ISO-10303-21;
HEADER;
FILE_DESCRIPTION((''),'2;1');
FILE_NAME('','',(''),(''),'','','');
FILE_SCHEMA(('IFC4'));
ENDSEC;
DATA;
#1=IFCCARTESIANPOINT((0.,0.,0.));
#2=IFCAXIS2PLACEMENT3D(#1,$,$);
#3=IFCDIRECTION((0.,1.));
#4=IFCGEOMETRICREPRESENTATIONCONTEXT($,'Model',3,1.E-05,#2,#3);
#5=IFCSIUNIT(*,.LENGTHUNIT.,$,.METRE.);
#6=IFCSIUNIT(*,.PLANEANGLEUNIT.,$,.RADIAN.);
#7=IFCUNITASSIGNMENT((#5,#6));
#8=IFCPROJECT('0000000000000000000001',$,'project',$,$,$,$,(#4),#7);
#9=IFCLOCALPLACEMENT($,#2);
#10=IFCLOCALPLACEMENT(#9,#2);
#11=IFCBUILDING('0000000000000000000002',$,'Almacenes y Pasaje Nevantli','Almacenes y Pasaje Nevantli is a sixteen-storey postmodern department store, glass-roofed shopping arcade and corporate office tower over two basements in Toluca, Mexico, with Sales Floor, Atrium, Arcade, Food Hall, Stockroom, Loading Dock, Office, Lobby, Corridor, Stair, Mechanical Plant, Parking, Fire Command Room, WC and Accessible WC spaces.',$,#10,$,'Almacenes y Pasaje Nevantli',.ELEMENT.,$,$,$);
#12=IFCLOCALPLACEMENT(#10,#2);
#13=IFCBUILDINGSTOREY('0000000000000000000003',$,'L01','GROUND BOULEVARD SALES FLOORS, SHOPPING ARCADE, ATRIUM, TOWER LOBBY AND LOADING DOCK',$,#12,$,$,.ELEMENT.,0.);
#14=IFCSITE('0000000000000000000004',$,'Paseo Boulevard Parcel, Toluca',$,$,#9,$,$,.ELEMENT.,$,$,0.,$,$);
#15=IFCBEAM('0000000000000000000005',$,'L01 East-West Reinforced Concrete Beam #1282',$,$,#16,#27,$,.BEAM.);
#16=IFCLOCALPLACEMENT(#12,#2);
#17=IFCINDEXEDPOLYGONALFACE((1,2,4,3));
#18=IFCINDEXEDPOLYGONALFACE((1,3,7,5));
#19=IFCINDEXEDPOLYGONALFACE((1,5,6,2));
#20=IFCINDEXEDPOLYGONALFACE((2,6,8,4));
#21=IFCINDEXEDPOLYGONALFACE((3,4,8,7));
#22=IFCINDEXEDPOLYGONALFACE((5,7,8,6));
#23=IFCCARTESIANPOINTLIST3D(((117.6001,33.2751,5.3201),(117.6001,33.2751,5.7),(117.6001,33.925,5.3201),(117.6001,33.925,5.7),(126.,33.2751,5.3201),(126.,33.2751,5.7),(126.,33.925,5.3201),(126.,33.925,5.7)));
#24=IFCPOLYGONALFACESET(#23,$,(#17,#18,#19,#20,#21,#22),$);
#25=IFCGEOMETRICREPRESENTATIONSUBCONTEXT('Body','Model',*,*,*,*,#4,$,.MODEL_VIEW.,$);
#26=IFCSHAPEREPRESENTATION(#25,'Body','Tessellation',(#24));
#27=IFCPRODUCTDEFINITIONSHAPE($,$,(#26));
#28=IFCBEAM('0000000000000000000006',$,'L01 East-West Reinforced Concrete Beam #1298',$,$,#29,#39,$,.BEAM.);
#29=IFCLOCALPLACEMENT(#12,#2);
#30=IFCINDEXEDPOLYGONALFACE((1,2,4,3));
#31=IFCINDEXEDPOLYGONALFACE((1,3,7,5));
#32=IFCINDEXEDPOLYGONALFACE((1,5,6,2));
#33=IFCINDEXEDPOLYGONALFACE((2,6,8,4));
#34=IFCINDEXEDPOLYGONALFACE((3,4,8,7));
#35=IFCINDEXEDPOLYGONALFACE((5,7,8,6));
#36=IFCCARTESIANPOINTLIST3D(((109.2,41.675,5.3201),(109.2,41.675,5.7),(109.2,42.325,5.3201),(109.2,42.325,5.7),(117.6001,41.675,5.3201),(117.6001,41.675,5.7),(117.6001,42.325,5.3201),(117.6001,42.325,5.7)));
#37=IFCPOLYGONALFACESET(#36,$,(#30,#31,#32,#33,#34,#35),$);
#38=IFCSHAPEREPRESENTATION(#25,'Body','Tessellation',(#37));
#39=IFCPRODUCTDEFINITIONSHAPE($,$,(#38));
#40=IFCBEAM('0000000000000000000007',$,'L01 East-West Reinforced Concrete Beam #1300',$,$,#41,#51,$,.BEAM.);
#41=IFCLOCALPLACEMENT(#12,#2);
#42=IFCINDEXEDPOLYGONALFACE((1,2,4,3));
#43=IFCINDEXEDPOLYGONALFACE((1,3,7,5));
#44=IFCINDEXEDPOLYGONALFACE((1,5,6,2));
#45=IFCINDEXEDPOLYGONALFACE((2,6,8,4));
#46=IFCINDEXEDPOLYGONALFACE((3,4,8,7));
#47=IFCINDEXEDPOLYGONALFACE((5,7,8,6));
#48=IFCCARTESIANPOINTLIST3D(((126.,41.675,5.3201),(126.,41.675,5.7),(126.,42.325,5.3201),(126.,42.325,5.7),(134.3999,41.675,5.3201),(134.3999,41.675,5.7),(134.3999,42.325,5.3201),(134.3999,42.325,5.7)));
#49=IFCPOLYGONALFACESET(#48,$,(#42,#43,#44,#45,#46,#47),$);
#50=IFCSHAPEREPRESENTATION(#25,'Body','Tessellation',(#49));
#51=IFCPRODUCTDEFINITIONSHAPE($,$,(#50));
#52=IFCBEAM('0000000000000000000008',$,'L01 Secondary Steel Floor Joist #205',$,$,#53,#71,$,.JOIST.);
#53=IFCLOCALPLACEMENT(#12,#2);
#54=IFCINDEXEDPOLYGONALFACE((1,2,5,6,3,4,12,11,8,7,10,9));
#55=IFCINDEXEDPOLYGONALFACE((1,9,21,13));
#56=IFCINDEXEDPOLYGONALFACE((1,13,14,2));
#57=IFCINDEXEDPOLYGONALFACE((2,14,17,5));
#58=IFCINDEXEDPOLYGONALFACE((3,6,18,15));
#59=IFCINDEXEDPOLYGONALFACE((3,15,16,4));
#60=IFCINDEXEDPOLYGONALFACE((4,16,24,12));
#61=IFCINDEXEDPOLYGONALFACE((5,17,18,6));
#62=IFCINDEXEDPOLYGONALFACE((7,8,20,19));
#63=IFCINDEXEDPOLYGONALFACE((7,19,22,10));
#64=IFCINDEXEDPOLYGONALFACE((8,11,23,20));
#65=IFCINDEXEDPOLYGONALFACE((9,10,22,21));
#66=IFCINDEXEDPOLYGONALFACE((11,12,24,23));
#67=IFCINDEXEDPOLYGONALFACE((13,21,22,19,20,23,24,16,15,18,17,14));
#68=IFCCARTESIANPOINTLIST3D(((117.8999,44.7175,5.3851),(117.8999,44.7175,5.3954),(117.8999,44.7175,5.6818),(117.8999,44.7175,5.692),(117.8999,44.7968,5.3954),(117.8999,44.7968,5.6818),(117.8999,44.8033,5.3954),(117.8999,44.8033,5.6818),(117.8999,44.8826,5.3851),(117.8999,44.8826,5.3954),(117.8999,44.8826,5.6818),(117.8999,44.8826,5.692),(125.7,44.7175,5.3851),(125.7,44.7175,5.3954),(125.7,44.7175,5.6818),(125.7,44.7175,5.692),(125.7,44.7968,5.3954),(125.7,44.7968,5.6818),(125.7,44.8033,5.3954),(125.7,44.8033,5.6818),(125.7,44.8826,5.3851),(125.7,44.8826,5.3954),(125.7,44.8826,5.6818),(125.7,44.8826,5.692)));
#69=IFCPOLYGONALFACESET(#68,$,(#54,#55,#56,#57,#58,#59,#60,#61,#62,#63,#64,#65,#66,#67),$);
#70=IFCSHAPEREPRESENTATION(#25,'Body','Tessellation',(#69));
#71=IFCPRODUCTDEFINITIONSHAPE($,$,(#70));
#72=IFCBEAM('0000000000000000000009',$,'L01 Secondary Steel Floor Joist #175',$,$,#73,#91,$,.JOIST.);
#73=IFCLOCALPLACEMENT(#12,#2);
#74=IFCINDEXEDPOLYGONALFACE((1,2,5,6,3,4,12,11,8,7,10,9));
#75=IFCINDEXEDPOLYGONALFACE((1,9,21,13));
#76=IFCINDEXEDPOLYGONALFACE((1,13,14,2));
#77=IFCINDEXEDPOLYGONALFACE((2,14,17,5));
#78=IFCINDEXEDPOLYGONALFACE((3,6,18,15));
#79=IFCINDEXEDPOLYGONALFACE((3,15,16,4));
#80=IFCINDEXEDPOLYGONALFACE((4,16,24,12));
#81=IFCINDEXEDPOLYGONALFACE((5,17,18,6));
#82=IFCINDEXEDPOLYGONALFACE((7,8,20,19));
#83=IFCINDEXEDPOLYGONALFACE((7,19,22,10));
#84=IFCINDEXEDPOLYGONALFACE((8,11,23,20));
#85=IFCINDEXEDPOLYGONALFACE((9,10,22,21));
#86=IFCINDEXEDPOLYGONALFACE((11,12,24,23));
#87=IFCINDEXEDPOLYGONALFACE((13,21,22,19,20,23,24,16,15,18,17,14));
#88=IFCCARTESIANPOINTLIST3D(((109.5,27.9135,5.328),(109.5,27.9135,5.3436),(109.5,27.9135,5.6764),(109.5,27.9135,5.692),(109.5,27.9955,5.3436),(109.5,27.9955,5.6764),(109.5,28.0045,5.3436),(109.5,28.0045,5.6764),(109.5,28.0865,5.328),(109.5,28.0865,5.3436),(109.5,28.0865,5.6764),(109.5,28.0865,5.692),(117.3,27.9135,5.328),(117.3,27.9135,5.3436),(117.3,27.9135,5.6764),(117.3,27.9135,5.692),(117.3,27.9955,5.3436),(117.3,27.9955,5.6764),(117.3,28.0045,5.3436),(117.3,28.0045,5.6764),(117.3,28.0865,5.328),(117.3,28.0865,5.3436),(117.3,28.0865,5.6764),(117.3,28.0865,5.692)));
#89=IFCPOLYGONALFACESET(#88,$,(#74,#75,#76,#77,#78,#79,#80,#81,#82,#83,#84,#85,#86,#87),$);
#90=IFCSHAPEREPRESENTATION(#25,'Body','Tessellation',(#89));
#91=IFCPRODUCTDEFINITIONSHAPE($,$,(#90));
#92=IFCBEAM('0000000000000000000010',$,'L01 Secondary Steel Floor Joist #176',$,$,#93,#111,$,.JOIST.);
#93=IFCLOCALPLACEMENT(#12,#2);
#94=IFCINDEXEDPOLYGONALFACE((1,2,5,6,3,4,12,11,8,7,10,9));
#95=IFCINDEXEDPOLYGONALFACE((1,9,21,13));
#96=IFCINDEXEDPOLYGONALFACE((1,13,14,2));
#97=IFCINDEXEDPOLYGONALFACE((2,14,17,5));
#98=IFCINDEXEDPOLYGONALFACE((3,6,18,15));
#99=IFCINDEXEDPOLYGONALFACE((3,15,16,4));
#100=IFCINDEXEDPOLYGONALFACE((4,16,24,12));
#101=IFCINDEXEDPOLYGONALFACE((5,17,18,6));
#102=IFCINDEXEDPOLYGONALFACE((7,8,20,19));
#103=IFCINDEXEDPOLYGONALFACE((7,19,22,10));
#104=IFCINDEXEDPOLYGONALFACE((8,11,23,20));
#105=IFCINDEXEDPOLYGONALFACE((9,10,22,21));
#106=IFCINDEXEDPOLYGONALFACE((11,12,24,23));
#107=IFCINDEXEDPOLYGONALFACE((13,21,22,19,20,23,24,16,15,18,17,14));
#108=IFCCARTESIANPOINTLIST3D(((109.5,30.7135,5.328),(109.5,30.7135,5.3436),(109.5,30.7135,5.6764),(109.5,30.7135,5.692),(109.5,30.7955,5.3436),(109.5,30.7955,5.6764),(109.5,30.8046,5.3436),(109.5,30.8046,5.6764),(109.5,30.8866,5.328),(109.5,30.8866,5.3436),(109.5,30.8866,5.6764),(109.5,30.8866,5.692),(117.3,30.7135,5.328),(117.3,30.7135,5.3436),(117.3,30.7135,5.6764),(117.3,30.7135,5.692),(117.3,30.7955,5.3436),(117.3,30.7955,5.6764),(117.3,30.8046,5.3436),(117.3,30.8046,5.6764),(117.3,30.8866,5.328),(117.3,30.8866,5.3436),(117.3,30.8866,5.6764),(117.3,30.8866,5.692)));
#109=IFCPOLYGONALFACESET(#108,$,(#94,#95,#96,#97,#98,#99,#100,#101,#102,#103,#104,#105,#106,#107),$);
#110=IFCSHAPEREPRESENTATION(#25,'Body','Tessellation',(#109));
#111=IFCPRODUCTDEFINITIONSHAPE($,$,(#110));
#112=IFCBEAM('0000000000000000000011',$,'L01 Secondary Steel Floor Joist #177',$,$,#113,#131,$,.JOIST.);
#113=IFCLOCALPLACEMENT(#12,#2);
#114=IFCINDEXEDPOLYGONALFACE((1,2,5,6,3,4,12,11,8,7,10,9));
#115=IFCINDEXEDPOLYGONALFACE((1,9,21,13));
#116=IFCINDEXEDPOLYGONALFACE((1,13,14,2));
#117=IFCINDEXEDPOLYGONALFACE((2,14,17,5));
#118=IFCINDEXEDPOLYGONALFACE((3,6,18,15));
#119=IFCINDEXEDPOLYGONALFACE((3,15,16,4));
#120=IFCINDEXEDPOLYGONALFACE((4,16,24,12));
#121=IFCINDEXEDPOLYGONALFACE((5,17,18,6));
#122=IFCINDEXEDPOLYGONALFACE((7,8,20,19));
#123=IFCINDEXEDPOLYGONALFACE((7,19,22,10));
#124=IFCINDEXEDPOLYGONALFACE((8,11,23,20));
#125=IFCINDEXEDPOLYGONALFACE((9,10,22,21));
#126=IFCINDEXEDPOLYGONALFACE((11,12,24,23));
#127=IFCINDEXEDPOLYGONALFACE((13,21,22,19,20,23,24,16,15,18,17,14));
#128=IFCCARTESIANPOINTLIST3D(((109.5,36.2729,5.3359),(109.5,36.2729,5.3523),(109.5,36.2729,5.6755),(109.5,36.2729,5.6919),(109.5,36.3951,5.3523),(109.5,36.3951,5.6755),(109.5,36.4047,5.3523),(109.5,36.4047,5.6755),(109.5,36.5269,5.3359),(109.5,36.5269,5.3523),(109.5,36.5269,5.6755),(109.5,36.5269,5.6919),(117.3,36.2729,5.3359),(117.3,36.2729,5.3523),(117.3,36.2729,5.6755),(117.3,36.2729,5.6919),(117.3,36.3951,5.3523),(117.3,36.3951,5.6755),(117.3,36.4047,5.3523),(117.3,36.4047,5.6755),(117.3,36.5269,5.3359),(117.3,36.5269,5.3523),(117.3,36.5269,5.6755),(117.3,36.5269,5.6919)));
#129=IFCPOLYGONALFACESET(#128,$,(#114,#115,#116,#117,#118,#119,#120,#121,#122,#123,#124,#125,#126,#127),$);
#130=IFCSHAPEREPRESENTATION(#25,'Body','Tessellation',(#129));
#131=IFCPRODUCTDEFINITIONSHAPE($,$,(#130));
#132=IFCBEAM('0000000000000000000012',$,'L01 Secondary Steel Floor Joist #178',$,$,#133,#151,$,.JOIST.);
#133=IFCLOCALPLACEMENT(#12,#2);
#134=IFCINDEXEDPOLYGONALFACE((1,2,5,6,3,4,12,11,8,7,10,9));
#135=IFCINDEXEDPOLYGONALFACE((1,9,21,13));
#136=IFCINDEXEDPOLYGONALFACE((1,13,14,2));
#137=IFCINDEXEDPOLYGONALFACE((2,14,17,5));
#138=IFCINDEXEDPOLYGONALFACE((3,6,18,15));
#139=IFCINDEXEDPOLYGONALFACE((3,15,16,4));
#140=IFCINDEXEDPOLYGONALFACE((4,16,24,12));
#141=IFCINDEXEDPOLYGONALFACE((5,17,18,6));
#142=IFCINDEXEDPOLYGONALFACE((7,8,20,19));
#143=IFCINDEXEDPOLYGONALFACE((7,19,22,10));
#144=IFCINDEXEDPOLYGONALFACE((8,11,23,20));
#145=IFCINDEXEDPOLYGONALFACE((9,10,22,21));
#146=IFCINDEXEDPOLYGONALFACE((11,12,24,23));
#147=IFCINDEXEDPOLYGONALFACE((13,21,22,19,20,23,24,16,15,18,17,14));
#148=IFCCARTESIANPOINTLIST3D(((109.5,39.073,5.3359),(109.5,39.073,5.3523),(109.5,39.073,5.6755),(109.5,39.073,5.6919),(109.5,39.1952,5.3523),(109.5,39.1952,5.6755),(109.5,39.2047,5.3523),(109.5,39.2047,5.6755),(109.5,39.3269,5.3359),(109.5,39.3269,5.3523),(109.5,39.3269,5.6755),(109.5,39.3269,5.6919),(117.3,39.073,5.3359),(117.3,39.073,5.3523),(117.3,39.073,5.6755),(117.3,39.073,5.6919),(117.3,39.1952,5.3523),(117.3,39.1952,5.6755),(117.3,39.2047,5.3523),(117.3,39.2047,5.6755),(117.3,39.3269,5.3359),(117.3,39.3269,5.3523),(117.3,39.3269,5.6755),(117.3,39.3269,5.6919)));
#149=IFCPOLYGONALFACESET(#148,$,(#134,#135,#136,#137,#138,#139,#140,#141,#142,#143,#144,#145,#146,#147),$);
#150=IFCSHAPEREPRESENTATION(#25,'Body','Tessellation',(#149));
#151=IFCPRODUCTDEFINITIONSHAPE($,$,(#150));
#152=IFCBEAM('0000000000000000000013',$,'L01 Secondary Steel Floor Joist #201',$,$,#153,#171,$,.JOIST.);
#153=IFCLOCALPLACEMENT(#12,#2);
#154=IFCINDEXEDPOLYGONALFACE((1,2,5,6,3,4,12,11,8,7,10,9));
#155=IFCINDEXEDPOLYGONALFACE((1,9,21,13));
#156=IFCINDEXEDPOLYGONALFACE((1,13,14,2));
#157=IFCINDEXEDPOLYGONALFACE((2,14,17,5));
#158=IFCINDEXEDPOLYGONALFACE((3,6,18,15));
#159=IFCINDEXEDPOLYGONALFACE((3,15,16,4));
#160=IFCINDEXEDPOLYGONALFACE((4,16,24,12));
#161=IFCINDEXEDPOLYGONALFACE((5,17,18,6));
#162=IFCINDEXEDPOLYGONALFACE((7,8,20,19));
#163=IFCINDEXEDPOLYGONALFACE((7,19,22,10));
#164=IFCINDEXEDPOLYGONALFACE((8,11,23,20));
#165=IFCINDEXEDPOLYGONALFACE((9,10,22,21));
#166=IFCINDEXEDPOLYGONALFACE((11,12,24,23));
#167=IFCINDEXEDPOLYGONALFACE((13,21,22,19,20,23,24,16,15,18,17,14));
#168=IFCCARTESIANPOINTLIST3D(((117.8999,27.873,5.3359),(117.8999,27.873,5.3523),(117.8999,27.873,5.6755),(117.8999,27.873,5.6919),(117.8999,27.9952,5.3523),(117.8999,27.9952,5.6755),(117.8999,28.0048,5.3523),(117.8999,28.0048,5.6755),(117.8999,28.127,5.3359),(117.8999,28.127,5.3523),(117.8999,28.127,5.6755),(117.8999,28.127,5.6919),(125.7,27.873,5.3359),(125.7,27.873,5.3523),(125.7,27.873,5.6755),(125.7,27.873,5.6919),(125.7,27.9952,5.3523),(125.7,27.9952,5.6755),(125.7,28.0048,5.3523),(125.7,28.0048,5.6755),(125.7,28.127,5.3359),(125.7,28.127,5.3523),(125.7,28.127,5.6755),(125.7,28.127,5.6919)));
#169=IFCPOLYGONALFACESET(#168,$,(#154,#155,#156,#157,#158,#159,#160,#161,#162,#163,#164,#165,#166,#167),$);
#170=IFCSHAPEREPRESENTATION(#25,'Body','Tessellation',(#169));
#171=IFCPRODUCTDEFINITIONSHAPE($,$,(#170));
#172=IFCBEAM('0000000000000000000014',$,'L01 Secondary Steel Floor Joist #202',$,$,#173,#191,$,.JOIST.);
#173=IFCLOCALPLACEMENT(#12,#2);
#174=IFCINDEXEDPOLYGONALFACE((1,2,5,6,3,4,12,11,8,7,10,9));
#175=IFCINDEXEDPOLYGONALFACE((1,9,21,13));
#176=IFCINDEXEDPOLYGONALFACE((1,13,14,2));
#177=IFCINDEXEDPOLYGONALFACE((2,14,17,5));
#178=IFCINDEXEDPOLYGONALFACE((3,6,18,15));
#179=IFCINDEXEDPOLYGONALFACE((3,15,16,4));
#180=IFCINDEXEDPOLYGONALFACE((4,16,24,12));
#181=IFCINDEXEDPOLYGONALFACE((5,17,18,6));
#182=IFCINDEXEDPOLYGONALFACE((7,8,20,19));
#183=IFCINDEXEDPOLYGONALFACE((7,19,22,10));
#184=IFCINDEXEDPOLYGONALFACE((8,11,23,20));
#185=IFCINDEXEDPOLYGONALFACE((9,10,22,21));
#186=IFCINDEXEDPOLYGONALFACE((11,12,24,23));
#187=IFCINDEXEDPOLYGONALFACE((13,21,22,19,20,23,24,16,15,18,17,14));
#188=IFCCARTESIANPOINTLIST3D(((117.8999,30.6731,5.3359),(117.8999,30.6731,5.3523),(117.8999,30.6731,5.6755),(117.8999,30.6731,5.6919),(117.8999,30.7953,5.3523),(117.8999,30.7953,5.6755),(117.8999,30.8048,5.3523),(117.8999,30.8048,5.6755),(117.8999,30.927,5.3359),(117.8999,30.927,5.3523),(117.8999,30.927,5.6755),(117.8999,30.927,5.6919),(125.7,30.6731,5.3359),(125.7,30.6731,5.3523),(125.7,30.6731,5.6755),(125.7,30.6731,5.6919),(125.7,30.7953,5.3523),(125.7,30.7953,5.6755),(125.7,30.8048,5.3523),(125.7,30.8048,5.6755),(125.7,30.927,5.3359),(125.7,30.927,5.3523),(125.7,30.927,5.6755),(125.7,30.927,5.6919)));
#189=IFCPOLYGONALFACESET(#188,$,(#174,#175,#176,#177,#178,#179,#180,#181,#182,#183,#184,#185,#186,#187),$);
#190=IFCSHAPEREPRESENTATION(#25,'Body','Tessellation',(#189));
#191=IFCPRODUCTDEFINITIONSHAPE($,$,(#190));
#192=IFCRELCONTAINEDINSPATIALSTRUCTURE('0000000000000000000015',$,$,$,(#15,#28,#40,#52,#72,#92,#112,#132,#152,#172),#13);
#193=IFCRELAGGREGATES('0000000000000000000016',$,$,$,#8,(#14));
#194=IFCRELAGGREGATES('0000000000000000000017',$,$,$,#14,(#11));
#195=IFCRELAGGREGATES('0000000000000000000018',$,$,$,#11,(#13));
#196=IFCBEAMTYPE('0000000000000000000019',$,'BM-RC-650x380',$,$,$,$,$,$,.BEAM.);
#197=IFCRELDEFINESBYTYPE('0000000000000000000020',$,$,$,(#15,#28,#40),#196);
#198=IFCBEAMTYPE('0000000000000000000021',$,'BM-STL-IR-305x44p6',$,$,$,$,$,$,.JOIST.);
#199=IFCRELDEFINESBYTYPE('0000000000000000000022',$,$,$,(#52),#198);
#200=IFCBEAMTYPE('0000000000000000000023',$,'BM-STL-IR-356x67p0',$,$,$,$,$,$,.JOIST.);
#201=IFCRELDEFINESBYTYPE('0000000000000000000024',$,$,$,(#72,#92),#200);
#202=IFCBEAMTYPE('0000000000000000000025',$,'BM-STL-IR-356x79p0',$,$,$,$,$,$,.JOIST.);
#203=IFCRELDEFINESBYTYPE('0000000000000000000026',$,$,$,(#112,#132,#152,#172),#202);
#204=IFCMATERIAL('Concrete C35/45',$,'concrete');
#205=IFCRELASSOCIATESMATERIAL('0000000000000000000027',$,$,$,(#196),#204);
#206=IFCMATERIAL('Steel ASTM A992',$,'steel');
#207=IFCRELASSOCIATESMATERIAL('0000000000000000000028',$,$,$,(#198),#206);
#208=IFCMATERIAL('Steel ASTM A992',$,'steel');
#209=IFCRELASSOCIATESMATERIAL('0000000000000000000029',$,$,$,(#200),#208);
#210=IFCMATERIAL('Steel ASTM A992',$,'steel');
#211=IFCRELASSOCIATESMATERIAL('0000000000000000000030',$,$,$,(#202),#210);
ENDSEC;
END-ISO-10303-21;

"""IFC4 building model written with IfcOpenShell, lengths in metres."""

from ifc_helpers import new_model, si_unit, direction, frame, origin, origin_2d, place, context, subcontext, project, spatial, rectangle, i_section, extrude, material, material_profile, profile_set, type_object, element, save


model = new_model("IFC4")

# Units and contexts
model_context = context("Model", 3, precision=1e-05, world=origin(), true_north=direction((0.0, 1.0)))
body_context = subcontext(model_context, "Body", "Model", "MODEL_VIEW")
ifc_project = project(units=[si_unit("LENGTHUNIT", "METRE"), si_unit("PLANEANGLEUNIT", "RADIAN")], contexts=[model_context])

# Site, building, storey
site_placement = place(None, origin())
site = spatial("IfcSite", under=ifc_project, at=site_placement, Name="Paseo Boulevard Parcel, Toluca", CompositionType="ELEMENT", RefElevation=0.0)
building_placement = place(site_placement, origin())
building = spatial("IfcBuilding", under=site, at=building_placement, Name="Almacenes y Pasaje Nevantli", Description="Almacenes y Pasaje Nevantli is a sixteen-storey postmodern department store, glass-roofed shopping arcade and corporate office tower over two basements in Toluca, Mexico, with Sales Floor, Atrium, Arcade, Food Hall, Stockroom, Loading Dock, Office, Lobby, Corridor, Stair, Mechanical Plant, Parking, Fire Command Room, WC and Accessible WC spaces.", LongName="Almacenes y Pasaje Nevantli", CompositionType="ELEMENT")
storey_placement = place(building_placement, origin())
storey = spatial("IfcBuildingStorey", under=building, at=storey_placement, Name="L01", Description="GROUND BOULEVARD SALES FLOORS, SHOPPING ARCADE, ATRIUM, TOWER LOBBY AND LOADING DOCK", CompositionType="ELEMENT", Elevation=0.0)

# Beams
ifc_material_1 = material(Name="Concrete C35/45", Category="concrete")
ifc_material_profile_1 = material_profile(ifc_material_1, rectangle(XDim=0.6499, YDim=0.3799, at=origin_2d()), Name="RC-BM-650x380")
ifc_profile_set_1 = profile_set([ifc_material_profile_1], Name="Concrete C35/45")
beam_type_1 = type_object("IfcBeamType", Name="BM-RC-650x380", PredefinedType="BEAM", material=ifc_profile_set_1)
beam_1_placement = place(storey_placement, frame((117.6001, 33.6001, 5.51), z_axis=(1.0, 0.0, 0.0), x_axis=(0.0, 1.0, 0.0)))
element("IfcBeam", 1, at=beam_1_placement, inside=storey, type_object=beam_type_1, Name="L01 East-West Reinforced Concrete Beam #1282", PredefinedType="BEAM", context=body_context, shape_type="SweptSolid", body=[
    extrude(rectangle(XDim=0.6499, YDim=0.3799, at=origin_2d()), origin(), (0.0, 0.0, 1.0), 8.3999),
])
beam_2_placement = place(storey_placement, frame((109.2, 42.0, 5.51), z_axis=(1.0, 0.0, 0.0), x_axis=(0.0, 1.0, 0.0)))
element("IfcBeam", 2, at=beam_2_placement, inside=storey, type_object=beam_type_1, Name="L01 East-West Reinforced Concrete Beam #1298", PredefinedType="BEAM", context=body_context, shape_type="SweptSolid", body=[
    extrude(rectangle(XDim=0.6499, YDim=0.3799, at=origin_2d()), origin(), (0.0, 0.0, 1.0), 8.4001),
])
beam_3_placement = place(storey_placement, frame((126.0, 42.0, 5.51), z_axis=(1.0, 0.0, 0.0), x_axis=(0.0, 1.0, 0.0)))
element("IfcBeam", 3, at=beam_3_placement, inside=storey, type_object=beam_type_1, Name="L01 East-West Reinforced Concrete Beam #1300", PredefinedType="BEAM", context=body_context, shape_type="SweptSolid", body=[
    extrude(rectangle(XDim=0.6499, YDim=0.3799, at=origin_2d()), origin(), (0.0, 0.0, 1.0), 8.3999),
])
ifc_material_2 = material(Name="Steel ASTM A992", Category="steel")
ifc_material_profile_2 = material_profile(ifc_material_2, i_section(OverallWidth=0.165, OverallDepth=0.3069, WebThickness=0.0066, FlangeThickness=0.0103, at=origin_2d()), Name="IR 305x44.6")
ifc_profile_set_2 = profile_set([ifc_material_profile_2], Name="Steel ASTM A992")
beam_type_2 = type_object("IfcBeamType", Name="BM-STL-IR-305x44p6", PredefinedType="JOIST", material=ifc_profile_set_2)
beam_4_placement = place(storey_placement, frame((117.8999, 44.8, 5.5386), z_axis=(1.0, 0.0, 0.0), x_axis=(0.0, 1.0, 0.0)))
element("IfcBeam", 4, at=beam_4_placement, inside=storey, type_object=beam_type_2, Name="L01 Secondary Steel Floor Joist #205", PredefinedType="JOIST", context=body_context, shape_type="SweptSolid", body=[
    extrude(i_section(OverallWidth=0.165, OverallDepth=0.3069, WebThickness=0.0066, FlangeThickness=0.0103, at=origin_2d()), origin(), (0.0, 0.0, 1.0), 7.8),
])
ifc_material_3 = material(Name="Steel ASTM A992", Category="steel")
ifc_material_profile_3 = material_profile(ifc_material_3, i_section(OverallWidth=0.1731, OverallDepth=0.364, WebThickness=0.009, FlangeThickness=0.0156, at=origin_2d()), Name="IR 356x67.0")
ifc_profile_set_3 = profile_set([ifc_material_profile_3], Name="Steel ASTM A992")
beam_type_3 = type_object("IfcBeamType", Name="BM-STL-IR-356x67p0", PredefinedType="JOIST", material=ifc_profile_set_3)
for number, where, z_axis, x_axis, name in (
    (5, (109.5, 28.0, 5.51), (1.0, 0.0, 0.0), (0.0, 1.0, 0.0), "L01 Secondary Steel Floor Joist #175"),
    (6, (109.5, 30.8, 5.51), (1.0, 0.0, 0.0), (0.0, 1.0, 0.0), "L01 Secondary Steel Floor Joist #176"),
):
    element("IfcBeam", number, at=place(storey_placement, frame(where, z_axis=z_axis, x_axis=x_axis)), inside=storey, type_object=beam_type_3, Name=name, PredefinedType="JOIST", context=body_context, shape_type="SweptSolid", body=[
        extrude(i_section(OverallWidth=0.1731, OverallDepth=0.364, WebThickness=0.009, FlangeThickness=0.0156, at=origin_2d()), origin(), (0.0, 0.0, 1.0), 7.8),
    ])
ifc_material_4 = material(Name="Steel ASTM A992", Category="steel")
ifc_material_profile_4 = material_profile(ifc_material_4, i_section(OverallWidth=0.2539, OverallDepth=0.356, WebThickness=0.0095, FlangeThickness=0.0164, at=origin_2d()), Name="IR 356x79.0")
ifc_profile_set_4 = profile_set([ifc_material_profile_4], Name="Steel ASTM A992")
beam_type_4 = type_object("IfcBeamType", Name="BM-STL-IR-356x79p0", PredefinedType="JOIST", material=ifc_profile_set_4)
for number, where, z_axis, x_axis, name in (
    (7, (109.5, 36.3999, 5.5139), (1.0, 0.0, 0.0), (0.0, 1.0, 0.0), "L01 Secondary Steel Floor Joist #177"),
    (8, (109.5, 39.2, 5.5139), (1.0, 0.0, 0.0), (0.0, 1.0, 0.0), "L01 Secondary Steel Floor Joist #178"),
    (9, (117.8999, 28.0, 5.5139), (1.0, 0.0, 0.0), (0.0, 1.0, 0.0), "L01 Secondary Steel Floor Joist #201"),
    (10, (117.8999, 30.8, 5.5139), (1.0, 0.0, 0.0), (0.0, 1.0, 0.0), "L01 Secondary Steel Floor Joist #202"),
):
    element("IfcBeam", number, at=place(storey_placement, frame(where, z_axis=z_axis, x_axis=x_axis)), inside=storey, type_object=beam_type_4, Name=name, PredefinedType="JOIST", context=body_context, shape_type="SweptSolid", body=[
        extrude(i_section(OverallWidth=0.2539, OverallDepth=0.356, WebThickness=0.0095, FlangeThickness=0.0164, at=origin_2d()), origin(), (0.0, 0.0, 1.0), 7.8),
    ])

save(model, "model.ifc")
